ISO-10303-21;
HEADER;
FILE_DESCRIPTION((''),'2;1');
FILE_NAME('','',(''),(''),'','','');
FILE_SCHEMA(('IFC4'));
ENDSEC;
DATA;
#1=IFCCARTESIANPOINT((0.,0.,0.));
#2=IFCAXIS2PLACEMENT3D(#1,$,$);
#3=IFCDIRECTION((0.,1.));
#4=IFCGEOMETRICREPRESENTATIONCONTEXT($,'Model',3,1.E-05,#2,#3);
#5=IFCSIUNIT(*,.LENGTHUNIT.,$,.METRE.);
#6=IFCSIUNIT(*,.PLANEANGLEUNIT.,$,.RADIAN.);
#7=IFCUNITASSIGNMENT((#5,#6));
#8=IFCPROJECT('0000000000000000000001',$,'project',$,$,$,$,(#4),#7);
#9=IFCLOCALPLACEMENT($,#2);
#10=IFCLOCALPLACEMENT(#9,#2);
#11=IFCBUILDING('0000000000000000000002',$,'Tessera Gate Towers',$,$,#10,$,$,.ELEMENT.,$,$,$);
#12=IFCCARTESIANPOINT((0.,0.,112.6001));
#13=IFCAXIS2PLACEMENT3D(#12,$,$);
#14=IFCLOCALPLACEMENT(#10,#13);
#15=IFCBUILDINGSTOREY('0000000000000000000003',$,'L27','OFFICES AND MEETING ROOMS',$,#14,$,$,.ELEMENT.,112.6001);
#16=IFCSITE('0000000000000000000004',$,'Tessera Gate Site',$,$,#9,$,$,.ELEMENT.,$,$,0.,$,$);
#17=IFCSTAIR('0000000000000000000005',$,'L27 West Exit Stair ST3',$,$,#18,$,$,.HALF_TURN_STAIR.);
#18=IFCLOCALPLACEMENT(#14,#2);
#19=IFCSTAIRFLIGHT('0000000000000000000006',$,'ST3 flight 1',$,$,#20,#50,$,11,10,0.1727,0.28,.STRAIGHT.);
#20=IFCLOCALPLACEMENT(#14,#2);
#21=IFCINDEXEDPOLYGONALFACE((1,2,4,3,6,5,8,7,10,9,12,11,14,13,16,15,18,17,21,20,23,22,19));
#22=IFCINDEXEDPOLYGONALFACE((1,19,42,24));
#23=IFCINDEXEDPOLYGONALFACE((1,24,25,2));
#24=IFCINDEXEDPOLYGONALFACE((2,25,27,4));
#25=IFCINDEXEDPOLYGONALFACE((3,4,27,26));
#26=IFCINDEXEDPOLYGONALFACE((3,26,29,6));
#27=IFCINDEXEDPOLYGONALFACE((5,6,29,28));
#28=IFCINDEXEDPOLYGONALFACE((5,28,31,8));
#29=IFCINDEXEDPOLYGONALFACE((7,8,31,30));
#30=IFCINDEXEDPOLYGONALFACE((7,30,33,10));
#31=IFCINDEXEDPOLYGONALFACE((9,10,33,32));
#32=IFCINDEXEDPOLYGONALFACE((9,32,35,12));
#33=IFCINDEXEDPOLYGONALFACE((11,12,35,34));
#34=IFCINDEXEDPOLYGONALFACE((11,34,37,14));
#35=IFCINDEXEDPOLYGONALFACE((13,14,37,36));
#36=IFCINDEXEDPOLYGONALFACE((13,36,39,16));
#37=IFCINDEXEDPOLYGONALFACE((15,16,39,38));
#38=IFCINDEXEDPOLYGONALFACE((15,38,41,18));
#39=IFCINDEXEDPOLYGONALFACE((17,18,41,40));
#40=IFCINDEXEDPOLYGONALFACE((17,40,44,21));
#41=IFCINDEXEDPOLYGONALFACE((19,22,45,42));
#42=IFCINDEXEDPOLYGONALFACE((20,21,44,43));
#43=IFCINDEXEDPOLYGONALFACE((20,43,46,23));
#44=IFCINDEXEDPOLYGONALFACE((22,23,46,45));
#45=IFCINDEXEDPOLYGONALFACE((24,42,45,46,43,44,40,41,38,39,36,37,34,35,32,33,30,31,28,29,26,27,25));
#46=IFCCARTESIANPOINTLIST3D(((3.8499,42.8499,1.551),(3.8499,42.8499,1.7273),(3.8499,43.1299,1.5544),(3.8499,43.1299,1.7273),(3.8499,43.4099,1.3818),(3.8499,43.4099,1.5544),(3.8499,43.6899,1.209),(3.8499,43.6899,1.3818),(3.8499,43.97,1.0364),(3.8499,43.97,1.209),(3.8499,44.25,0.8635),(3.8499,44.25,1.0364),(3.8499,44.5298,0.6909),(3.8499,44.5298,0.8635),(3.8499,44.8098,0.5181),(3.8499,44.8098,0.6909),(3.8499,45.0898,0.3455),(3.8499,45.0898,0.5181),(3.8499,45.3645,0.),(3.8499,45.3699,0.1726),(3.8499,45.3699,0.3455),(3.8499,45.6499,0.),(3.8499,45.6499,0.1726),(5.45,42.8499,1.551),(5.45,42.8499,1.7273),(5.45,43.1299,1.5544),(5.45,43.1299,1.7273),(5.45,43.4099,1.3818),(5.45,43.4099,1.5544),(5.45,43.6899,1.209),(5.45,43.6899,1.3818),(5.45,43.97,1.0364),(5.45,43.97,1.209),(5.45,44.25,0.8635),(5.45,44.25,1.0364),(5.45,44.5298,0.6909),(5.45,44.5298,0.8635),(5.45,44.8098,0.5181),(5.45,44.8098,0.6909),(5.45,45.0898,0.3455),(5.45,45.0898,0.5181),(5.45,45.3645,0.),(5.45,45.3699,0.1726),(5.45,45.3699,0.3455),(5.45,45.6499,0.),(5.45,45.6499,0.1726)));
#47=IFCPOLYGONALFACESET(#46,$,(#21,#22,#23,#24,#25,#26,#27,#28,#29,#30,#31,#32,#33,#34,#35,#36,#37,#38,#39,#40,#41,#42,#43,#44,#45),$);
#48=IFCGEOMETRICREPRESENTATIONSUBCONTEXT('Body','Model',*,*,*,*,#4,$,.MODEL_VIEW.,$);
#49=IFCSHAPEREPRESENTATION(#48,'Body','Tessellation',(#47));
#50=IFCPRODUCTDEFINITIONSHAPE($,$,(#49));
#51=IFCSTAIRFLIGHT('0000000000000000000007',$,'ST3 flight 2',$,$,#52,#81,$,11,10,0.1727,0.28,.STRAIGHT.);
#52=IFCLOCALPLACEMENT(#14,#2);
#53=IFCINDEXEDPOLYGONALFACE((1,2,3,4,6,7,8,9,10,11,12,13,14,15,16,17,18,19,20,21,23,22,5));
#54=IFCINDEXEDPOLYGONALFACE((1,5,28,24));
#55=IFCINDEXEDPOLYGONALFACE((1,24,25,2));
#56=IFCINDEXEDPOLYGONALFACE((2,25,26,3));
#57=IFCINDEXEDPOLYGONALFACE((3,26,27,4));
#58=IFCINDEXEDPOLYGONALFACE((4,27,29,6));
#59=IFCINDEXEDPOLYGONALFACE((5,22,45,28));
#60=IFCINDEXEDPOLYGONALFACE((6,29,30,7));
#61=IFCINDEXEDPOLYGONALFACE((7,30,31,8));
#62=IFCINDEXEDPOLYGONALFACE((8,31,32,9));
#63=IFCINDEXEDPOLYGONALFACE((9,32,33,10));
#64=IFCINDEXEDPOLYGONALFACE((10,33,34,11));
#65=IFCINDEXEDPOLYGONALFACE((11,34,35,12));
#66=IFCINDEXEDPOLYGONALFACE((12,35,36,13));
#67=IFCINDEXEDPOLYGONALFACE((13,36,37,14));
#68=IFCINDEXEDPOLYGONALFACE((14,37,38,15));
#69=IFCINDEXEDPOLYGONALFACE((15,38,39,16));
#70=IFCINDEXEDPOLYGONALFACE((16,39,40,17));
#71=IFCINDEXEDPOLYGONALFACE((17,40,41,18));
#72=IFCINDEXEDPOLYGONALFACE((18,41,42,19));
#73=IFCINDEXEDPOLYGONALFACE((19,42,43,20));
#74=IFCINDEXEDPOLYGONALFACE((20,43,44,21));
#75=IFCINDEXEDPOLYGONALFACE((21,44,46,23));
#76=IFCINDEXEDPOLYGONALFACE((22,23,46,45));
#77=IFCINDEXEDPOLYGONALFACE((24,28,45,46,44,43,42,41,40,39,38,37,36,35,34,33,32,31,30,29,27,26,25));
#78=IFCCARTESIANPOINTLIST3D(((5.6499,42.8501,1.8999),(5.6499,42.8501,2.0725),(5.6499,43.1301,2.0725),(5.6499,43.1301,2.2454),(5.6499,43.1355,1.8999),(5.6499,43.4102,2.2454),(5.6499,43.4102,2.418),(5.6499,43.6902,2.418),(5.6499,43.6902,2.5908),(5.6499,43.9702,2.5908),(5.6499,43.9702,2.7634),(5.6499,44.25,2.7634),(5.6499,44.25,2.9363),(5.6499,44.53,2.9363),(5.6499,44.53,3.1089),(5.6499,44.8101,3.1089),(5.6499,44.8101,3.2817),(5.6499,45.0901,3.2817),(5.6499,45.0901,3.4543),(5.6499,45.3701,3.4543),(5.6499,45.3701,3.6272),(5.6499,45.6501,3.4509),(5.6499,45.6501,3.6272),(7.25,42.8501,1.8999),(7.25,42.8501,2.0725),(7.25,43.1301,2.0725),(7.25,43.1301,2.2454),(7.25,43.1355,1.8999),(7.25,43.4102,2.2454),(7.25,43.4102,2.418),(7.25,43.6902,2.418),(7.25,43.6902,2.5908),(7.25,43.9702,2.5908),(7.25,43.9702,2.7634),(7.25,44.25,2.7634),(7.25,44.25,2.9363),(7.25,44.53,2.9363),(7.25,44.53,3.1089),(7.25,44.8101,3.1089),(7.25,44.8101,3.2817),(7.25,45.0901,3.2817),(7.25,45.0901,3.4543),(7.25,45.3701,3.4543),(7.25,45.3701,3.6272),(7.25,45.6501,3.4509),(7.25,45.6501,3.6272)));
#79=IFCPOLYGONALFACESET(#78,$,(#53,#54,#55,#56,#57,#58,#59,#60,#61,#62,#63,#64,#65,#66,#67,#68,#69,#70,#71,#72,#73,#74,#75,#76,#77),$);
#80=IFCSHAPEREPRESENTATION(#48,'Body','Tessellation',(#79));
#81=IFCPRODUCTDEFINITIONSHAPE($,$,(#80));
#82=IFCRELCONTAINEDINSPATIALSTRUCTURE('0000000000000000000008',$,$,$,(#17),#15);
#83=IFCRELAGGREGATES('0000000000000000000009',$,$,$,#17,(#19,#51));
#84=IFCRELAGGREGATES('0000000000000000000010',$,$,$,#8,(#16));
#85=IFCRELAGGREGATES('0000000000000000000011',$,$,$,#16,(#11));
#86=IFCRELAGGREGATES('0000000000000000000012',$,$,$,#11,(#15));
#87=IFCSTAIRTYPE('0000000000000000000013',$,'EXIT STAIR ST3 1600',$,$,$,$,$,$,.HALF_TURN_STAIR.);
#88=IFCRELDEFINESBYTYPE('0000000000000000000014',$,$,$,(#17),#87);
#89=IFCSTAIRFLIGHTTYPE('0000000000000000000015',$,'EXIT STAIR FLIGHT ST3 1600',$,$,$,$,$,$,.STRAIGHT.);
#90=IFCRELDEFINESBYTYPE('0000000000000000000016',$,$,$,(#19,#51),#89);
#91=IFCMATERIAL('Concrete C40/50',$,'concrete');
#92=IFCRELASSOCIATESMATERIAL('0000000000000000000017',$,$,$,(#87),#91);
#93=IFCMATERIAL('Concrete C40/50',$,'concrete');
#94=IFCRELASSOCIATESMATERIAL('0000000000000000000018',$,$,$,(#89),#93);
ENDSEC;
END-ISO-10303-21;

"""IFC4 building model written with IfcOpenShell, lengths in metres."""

from ifc_helpers import new_model, si_unit, direction, frame, origin, place, context, subcontext, project, spatial, polyline, outline, extrude, material, type_object, element, aggregate, save


model = new_model("IFC4")

# Units and contexts
model_context = context("Model", 3, precision=1e-05, world=origin(), true_north=direction((0.0, 1.0)))
body_context = subcontext(model_context, "Body", "Model", "MODEL_VIEW")
ifc_project = project(units=[si_unit("LENGTHUNIT", "METRE"), si_unit("PLANEANGLEUNIT", "RADIAN")], contexts=[model_context])

# Site, building, storey
site_placement = place(None, origin())
site = spatial("IfcSite", under=ifc_project, at=site_placement, Name="Tessera Gate Site", CompositionType="ELEMENT", RefElevation=0.0)
building_placement = place(site_placement, origin())
building = spatial("IfcBuilding", under=site, at=building_placement, Name="Tessera Gate Towers", CompositionType="ELEMENT")
storey_placement = place(building_placement, frame((0.0, 0.0, 112.6001)))
storey = spatial("IfcBuildingStorey", under=building, at=storey_placement, Name="L27", Description="OFFICES AND MEETING ROOMS", CompositionType="ELEMENT", Elevation=112.6001)

# Stair, stair flights
ifc_material_1 = material(Name="Concrete C40/50", Category="concrete")
stair_type = type_object("IfcStairType", Name="EXIT STAIR ST3 1600", PredefinedType="HALF_TURN_STAIR", material=ifc_material_1)
stair_placement = place(storey_placement, origin())
stair = element("IfcStair", 1, at=stair_placement, inside=storey, type_object=stair_type, Name="L27 West Exit Stair ST3", PredefinedType="HALF_TURN_STAIR")
ifc_material_2 = material(Name="Concrete C40/50", Category="concrete")
stair_flight_type = type_object("IfcStairFlightType", Name="EXIT STAIR FLIGHT ST3 1600", PredefinedType="STRAIGHT", material=ifc_material_2)
stair_flight_1_placement = place(storey_placement, frame((4.6499, 45.6499, 0.0), z_axis=(0.0, 0.0, 1.0), x_axis=(0.0, -1.0, 0.0)))
stair_flight_1 = element("IfcStairFlight", 2, at=stair_flight_1_placement, type_object=stair_flight_type, Name="ST3 flight 1", NumberOfRisers=11, NumberOfTreads=10, PredefinedType="STRAIGHT", RiserHeight=0.1727, TreadLength=0.28, context=body_context, shape_type="SweptSolid", body=[
    extrude(outline(polyline([(0.0, 0.0), (0.0, 0.1726), (0.28, 0.1726), (0.28, 0.3455), (0.5601, 0.3455), (0.5601, 0.5181), (0.8401, 0.5181), (0.8401, 0.6909), (1.1201, 0.6909), (1.1201, 0.8635), (1.3999, 0.8635), (1.3999, 1.0364), (1.6799, 1.0364), (1.6799, 1.209), (1.96, 1.209), (1.96, 1.3818), (2.24, 1.3818), (2.24, 1.5544), (2.52, 1.5544), (2.52, 1.7273), (2.8, 1.7273), (2.8, 1.8999), (2.8, 1.551), (0.2854, 0.0), (0.0, 0.0)])), frame((0.0, 0.8, 0.0), z_axis=(0.0, -1.0, 0.0), x_axis=(1.0, 0.0, 0.0)), (0.0, 0.0, 1.0), 1.6001),
])
stair_flight_2_placement = place(storey_placement, frame((6.45, 42.8501, 1.8999), z_axis=(0.0, 0.0, 1.0), x_axis=(0.0, 1.0, 0.0)))
stair_flight_2 = element("IfcStairFlight", 3, at=stair_flight_2_placement, type_object=stair_flight_type, Name="ST3 flight 2", NumberOfRisers=11, NumberOfTreads=10, PredefinedType="STRAIGHT", RiserHeight=0.1727, TreadLength=0.28, context=body_context, shape_type="SweptSolid", body=[
    extrude(outline(polyline([(0.0, 0.0), (0.0, 0.1726), (0.28, 0.1726), (0.28, 0.3455), (0.5601, 0.3455), (0.5601, 0.5181), (0.8401, 0.5181), (0.8401, 0.6909), (1.1201, 0.6909), (1.1201, 0.8635), (1.3999, 0.8635), (1.3999, 1.0364), (1.6799, 1.0364), (1.6799, 1.209), (1.96, 1.209), (1.96, 1.3818), (2.24, 1.3818), (2.24, 1.5544), (2.52, 1.5544), (2.52, 1.7273), (2.8, 1.7273), (2.8, 1.8999), (2.8, 1.551), (0.2854, 0.0), (0.0, 0.0)])), frame((0.0, 0.8, 0.0), z_axis=(0.0, -1.0, 0.0), x_axis=(1.0, 0.0, 0.0)), (0.0, 0.0, 1.0), 1.6001),
])
aggregate(stair, [stair_flight_1, stair_flight_2])

save(model, "model.ifc")
